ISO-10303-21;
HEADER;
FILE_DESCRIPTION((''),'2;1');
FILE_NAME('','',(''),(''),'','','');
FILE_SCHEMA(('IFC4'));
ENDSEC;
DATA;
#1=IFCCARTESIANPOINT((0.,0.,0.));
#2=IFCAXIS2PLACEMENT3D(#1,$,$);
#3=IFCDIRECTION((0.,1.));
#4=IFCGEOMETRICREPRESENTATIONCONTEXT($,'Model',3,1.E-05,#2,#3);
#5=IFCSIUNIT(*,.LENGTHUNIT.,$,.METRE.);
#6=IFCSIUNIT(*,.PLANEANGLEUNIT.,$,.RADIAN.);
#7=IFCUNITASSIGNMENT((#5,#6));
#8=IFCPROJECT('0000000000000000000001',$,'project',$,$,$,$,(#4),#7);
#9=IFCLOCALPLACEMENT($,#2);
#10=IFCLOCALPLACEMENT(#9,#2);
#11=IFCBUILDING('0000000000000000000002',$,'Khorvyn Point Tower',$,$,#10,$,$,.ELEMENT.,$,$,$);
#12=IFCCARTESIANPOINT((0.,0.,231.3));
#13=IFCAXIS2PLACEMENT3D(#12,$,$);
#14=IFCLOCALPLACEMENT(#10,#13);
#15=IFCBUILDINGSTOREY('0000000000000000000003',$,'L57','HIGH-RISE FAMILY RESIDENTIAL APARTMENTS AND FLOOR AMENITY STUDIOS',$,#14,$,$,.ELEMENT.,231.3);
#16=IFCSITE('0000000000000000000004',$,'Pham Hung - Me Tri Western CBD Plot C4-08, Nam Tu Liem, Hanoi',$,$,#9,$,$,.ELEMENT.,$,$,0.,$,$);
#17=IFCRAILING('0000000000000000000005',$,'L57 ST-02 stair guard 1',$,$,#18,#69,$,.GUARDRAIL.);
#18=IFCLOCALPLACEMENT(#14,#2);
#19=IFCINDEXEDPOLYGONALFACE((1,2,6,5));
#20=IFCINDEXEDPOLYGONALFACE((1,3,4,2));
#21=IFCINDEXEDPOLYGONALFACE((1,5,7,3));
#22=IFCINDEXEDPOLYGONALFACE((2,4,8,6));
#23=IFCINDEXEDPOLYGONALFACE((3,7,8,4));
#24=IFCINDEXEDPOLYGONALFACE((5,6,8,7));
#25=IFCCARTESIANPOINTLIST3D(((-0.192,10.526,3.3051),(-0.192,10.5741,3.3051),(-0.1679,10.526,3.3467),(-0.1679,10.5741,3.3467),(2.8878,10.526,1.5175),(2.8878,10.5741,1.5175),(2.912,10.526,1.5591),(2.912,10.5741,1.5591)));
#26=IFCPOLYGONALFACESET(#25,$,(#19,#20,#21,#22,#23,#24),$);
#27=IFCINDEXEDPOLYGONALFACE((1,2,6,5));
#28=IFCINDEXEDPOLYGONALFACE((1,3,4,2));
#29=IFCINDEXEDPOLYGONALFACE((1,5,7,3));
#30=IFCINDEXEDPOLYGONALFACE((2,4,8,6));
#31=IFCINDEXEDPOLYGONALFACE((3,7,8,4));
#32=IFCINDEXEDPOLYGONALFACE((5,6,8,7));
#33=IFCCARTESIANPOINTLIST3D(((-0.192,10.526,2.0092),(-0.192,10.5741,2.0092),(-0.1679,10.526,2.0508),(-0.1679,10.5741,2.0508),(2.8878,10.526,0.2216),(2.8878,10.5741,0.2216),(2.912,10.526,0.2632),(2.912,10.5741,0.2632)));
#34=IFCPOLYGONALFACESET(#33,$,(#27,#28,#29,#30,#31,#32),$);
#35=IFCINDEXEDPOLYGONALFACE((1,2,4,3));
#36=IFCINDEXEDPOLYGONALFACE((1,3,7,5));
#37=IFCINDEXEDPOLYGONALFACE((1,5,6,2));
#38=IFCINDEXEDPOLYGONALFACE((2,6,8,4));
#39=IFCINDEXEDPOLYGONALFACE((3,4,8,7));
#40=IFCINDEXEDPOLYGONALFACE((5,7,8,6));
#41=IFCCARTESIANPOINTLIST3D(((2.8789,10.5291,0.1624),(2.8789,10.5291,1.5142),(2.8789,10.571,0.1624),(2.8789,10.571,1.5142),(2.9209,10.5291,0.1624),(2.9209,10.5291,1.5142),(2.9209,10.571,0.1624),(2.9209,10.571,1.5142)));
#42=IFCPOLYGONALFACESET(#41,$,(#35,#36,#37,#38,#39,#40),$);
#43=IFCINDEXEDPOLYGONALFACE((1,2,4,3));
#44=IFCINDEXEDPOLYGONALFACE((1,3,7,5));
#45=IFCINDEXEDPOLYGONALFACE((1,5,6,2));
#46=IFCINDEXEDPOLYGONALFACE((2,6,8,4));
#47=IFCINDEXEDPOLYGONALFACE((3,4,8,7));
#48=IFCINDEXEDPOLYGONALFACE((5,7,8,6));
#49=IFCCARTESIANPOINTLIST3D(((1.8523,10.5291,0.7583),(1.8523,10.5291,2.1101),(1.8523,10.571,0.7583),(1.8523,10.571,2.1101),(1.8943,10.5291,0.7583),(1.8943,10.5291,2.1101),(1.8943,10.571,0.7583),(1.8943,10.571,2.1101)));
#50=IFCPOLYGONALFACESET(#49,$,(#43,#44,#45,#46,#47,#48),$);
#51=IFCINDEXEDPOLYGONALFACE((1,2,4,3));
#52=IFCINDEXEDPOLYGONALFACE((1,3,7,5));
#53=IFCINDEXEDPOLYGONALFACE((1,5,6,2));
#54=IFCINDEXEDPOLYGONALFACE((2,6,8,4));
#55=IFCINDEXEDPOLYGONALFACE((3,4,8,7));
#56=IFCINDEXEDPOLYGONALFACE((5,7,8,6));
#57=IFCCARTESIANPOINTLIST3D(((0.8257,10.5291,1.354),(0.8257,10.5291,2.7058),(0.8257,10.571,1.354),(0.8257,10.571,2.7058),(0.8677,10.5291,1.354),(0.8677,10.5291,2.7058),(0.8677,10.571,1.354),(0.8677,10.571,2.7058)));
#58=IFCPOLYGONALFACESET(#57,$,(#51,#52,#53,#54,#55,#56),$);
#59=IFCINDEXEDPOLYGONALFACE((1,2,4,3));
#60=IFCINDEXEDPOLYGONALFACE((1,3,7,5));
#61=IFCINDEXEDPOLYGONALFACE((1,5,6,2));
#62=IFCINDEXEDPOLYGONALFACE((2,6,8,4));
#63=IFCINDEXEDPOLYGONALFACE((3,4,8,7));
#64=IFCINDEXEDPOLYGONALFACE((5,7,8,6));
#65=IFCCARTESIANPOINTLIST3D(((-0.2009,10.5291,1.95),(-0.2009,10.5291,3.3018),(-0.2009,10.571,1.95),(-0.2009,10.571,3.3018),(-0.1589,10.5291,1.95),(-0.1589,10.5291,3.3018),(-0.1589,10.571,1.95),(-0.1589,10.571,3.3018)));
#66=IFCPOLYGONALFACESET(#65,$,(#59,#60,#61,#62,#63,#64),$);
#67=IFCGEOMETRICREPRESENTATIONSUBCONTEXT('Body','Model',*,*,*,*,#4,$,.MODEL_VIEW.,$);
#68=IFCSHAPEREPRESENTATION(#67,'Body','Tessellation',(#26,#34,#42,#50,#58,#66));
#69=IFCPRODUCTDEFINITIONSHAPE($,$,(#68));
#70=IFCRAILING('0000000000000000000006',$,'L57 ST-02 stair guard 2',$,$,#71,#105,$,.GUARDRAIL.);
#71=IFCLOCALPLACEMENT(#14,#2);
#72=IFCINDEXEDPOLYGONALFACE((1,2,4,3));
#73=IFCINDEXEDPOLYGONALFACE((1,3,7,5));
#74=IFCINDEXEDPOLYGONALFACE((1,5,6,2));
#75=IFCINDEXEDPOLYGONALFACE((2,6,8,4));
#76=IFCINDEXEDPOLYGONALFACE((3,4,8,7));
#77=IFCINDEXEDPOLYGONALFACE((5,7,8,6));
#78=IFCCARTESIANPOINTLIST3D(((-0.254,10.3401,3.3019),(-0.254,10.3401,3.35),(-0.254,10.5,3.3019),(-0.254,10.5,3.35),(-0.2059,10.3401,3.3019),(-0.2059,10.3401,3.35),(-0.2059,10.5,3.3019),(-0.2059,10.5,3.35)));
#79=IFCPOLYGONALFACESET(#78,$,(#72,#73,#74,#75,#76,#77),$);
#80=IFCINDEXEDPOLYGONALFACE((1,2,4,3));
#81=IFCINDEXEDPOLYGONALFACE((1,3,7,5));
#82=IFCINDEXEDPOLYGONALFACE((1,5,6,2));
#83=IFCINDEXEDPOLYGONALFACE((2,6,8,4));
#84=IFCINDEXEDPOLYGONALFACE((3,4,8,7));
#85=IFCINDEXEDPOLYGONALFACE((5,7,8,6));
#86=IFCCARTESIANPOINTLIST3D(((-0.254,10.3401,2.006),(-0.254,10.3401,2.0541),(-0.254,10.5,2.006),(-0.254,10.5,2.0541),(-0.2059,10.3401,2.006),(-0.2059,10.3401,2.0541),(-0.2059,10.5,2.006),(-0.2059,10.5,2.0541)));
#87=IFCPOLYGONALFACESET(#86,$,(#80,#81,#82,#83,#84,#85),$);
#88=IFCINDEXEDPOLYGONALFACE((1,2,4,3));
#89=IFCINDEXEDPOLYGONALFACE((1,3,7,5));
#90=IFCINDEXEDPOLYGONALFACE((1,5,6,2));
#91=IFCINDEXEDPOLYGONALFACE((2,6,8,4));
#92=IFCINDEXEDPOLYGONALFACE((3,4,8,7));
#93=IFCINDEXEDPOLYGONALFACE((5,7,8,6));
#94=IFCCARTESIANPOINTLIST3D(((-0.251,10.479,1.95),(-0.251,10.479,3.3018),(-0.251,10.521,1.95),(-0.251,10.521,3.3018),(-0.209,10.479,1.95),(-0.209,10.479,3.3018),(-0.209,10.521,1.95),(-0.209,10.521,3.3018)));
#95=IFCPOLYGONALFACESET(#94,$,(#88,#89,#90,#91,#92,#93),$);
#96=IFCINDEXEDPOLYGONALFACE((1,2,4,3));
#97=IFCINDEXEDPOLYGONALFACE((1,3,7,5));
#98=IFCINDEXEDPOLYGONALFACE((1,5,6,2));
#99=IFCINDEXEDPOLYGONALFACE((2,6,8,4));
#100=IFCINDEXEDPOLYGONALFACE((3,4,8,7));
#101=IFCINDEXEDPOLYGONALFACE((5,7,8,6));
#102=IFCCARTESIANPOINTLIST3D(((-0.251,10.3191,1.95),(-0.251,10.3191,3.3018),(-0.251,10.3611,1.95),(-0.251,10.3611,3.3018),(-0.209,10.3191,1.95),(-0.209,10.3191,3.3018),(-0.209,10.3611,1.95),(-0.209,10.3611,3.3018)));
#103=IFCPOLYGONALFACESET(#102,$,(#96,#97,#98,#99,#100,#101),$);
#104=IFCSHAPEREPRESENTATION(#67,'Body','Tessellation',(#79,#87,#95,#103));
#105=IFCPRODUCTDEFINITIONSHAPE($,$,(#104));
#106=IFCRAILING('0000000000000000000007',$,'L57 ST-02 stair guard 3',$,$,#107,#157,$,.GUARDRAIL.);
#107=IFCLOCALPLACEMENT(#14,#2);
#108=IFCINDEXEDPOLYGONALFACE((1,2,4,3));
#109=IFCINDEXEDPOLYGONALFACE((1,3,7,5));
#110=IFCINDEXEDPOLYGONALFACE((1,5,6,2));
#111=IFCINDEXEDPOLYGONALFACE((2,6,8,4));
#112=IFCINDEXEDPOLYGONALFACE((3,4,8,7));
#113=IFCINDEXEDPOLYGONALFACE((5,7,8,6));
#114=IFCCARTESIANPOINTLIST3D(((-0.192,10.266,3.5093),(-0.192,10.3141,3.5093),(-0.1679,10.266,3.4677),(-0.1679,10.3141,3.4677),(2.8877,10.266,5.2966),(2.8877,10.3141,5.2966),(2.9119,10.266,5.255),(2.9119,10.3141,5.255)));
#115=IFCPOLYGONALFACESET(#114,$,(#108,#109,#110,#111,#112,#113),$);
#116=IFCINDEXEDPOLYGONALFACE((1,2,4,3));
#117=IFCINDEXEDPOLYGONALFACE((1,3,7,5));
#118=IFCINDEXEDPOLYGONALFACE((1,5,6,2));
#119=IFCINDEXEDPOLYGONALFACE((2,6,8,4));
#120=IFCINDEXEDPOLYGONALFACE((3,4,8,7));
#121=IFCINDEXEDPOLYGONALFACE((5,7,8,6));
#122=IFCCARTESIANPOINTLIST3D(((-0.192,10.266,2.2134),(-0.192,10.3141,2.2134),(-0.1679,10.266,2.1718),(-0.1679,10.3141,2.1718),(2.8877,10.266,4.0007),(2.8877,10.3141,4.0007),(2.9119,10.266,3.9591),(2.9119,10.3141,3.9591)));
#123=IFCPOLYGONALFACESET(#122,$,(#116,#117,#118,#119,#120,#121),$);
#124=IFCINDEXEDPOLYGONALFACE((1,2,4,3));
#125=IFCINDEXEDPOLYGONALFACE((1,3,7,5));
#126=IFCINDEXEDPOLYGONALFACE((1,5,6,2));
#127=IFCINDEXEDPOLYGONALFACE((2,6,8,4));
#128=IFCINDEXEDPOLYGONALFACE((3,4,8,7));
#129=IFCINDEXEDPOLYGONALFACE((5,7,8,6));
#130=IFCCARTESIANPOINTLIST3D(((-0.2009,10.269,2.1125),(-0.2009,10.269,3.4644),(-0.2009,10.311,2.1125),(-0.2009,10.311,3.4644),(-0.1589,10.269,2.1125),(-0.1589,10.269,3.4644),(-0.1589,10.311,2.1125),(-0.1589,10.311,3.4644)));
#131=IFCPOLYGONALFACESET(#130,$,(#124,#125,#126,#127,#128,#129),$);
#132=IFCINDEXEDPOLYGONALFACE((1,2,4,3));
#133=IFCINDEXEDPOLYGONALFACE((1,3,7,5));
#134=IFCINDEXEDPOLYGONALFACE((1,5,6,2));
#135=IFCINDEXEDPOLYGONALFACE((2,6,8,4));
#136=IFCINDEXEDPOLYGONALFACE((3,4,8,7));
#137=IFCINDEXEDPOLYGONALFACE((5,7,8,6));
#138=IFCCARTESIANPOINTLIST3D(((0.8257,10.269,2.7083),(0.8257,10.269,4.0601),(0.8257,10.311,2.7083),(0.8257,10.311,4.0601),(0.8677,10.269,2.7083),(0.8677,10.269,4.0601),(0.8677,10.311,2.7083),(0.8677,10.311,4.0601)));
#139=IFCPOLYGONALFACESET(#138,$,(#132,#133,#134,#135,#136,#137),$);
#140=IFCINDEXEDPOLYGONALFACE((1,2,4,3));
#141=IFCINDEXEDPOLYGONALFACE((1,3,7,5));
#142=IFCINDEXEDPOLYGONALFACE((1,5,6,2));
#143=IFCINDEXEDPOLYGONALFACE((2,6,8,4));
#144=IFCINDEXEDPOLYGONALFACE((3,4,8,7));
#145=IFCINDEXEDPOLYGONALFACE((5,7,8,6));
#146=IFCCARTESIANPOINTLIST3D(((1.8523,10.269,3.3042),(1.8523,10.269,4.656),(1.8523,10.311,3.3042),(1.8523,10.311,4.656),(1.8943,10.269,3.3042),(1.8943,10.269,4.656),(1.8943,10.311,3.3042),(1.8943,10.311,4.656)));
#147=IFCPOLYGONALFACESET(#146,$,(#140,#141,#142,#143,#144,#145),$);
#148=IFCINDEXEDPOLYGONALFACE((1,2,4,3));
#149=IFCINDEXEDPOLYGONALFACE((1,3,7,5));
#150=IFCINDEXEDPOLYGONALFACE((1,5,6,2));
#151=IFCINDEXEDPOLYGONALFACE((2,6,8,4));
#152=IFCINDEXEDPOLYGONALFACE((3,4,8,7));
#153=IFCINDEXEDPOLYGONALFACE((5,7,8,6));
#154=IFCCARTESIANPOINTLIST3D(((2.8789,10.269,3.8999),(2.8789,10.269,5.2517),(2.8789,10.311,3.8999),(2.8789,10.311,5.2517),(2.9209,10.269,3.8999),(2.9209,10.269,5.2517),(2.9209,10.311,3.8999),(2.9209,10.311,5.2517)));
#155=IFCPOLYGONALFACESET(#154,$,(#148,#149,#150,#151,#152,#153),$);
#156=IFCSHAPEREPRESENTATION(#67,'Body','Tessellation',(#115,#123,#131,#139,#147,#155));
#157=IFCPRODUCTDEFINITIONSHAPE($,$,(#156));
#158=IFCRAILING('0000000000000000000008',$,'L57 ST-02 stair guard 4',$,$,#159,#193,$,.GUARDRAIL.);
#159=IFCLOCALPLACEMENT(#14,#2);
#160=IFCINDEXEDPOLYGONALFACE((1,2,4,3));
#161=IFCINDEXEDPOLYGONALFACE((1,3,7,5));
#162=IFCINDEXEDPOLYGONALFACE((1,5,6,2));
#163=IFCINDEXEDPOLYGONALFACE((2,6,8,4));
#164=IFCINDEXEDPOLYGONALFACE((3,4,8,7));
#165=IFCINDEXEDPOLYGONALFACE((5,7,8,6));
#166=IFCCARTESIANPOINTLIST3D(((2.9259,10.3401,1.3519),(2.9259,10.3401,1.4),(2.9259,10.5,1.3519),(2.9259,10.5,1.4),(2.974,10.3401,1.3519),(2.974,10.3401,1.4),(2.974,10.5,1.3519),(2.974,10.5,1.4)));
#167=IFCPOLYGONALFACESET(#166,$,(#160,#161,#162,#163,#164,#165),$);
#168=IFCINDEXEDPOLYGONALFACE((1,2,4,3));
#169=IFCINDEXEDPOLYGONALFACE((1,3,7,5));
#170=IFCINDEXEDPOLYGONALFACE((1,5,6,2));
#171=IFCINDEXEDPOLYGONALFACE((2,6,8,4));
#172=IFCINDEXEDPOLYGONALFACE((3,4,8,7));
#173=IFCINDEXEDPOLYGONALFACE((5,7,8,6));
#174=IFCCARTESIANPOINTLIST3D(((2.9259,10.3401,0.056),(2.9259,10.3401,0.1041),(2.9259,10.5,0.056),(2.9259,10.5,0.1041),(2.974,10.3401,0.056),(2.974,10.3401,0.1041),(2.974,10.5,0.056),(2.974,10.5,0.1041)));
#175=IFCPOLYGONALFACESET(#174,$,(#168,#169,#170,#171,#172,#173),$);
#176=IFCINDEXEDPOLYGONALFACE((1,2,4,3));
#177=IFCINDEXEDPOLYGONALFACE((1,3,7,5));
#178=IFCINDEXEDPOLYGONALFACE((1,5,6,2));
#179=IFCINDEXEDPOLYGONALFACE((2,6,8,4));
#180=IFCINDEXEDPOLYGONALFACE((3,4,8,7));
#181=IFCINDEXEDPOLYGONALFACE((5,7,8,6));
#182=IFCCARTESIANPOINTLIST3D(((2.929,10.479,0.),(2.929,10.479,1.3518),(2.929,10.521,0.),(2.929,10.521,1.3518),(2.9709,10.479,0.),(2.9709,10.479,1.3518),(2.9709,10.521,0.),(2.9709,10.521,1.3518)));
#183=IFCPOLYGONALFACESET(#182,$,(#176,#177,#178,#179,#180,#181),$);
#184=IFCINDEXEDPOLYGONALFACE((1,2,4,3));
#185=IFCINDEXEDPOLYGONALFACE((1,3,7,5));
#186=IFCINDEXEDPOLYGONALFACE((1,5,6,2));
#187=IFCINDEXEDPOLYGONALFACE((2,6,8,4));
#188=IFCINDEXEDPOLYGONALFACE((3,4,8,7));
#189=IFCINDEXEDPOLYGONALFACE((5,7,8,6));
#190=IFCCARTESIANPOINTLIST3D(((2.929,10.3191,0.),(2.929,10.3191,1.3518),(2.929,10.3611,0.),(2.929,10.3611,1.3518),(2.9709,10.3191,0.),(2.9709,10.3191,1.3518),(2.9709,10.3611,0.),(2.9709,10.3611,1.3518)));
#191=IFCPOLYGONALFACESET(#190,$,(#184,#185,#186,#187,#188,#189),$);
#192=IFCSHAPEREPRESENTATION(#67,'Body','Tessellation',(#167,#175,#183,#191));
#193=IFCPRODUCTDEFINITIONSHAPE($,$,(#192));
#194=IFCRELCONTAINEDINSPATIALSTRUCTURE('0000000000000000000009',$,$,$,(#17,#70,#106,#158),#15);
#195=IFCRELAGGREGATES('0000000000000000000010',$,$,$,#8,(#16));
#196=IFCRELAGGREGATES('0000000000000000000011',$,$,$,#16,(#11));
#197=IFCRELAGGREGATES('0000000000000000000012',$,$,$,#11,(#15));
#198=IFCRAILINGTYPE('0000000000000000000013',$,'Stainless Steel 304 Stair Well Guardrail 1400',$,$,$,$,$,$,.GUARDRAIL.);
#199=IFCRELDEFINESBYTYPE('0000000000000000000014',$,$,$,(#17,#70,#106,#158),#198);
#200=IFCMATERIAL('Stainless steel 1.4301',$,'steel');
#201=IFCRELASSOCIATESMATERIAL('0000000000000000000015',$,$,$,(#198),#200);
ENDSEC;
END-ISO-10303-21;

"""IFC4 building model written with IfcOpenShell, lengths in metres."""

from ifc_helpers import new_model, si_unit, direction, frame, origin, origin_2d, place, context, subcontext, project, spatial, rectangle, extrude, material, type_object, element, save


model = new_model("IFC4")

# Units and contexts
model_context = context("Model", 3, precision=1e-05, world=origin(), true_north=direction((0.0, 1.0)))
body_context = subcontext(model_context, "Body", "Model", "MODEL_VIEW")
ifc_project = project(units=[si_unit("LENGTHUNIT", "METRE"), si_unit("PLANEANGLEUNIT", "RADIAN")], contexts=[model_context])

# Site, building, storey
site_placement = place(None, origin())
site = spatial("IfcSite", under=ifc_project, at=site_placement, Name="Pham Hung - Me Tri Western CBD Plot C4-08, Nam Tu Liem, Hanoi", CompositionType="ELEMENT", RefElevation=0.0)
building_placement = place(site_placement, origin())
building = spatial("IfcBuilding", under=site, at=building_placement, Name="Khorvyn Point Tower", CompositionType="ELEMENT")
storey_placement = place(building_placement, frame((0.0, 0.0, 231.3)))
storey = spatial("IfcBuildingStorey", under=building, at=storey_placement, Name="L57", Description="HIGH-RISE FAMILY RESIDENTIAL APARTMENTS AND FLOOR AMENITY STUDIOS", CompositionType="ELEMENT", Elevation=231.3)

# Railings
ifc_material_1 = material(Name="Stainless steel 1.4301", Category="steel")
railing_type_1 = type_object("IfcRailingType", Name="Stainless Steel 304 Stair Well Guardrail 1400", PredefinedType="GUARDRAIL", material=ifc_material_1)
railing_1_placement = place(storey_placement, frame((2.8999, 10.55, 0.1624)))
element("IfcRailing", 1, at=railing_1_placement, inside=storey, type_object=railing_type_1, Name="L57 ST-02 stair guard 1", PredefinedType="GUARDRAIL", context=body_context, shape_type="SweptSolid", body=[
    extrude(rectangle(XDim=0.0481, YDim=0.0481, at=origin_2d()), frame((0.0, 0.0, 1.376), z_axis=(-0.864873, 0.0, 0.50199), x_axis=(0.0, -1.0, 0.0)), (0.0, 0.0, 1.0), 3.561),
    extrude(rectangle(XDim=0.0481, YDim=0.0481, at=origin_2d()), frame((0.0, 0.0, 0.0801), z_axis=(-0.864873, 0.0, 0.50199), x_axis=(0.0, -1.0, 0.0)), (0.0, 0.0, 1.0), 3.561),
    extrude(rectangle(XDim=0.042, YDim=0.042, at=origin_2d()), origin(), (0.0, 0.0, 1.0), 1.3518),
    extrude(rectangle(XDim=0.042, YDim=0.042, at=origin_2d()), frame((-1.0266, 0.0, 0.5959)), (0.0, 0.0, 1.0), 1.3518),
    extrude(rectangle(XDim=0.042, YDim=0.042, at=origin_2d()), frame((-2.0532, 0.0, 1.1917)), (0.0, 0.0, 1.0), 1.3518),
    extrude(rectangle(XDim=0.042, YDim=0.042, at=origin_2d()), frame((-3.0798, 0.0, 1.7876)), (0.0, 0.0, 1.0), 1.3518),
])
railing_2_placement = place(storey_placement, frame((-0.23, 10.5, 1.95)))
element("IfcRailing", 2, at=railing_2_placement, inside=storey, type_object=railing_type_1, Name="L57 ST-02 stair guard 2", PredefinedType="GUARDRAIL", context=body_context, shape_type="SweptSolid", body=[
    extrude(rectangle(XDim=0.0481, YDim=0.0481, at=origin_2d()), frame((0.0, 0.0, 1.376), z_axis=(0.0, -1.0, 0.0), x_axis=(1.0, 0.0, 0.0)), (0.0, 0.0, 1.0), 0.1599),
    extrude(rectangle(XDim=0.0481, YDim=0.0481, at=origin_2d()), frame((0.0, 0.0, 0.0801), z_axis=(0.0, -1.0, 0.0), x_axis=(1.0, 0.0, 0.0)), (0.0, 0.0, 1.0), 0.1599),
    extrude(rectangle(XDim=0.042, YDim=0.042, at=origin_2d()), origin(), (0.0, 0.0, 1.0), 1.3518),
    extrude(rectangle(XDim=0.042, YDim=0.042, at=origin_2d()), frame((0.0, -0.1599, 0.0)), (0.0, 0.0, 1.0), 1.3518),
])
railing_3_placement = place(storey_placement, frame((-0.1799, 10.29, 2.1125)))
element("IfcRailing", 3, at=railing_3_placement, inside=storey, type_object=railing_type_1, Name="L57 ST-02 stair guard 3", PredefinedType="GUARDRAIL", context=body_context, shape_type="SweptSolid", body=[
    extrude(rectangle(XDim=0.0481, YDim=0.0481, at=origin_2d()), frame((0.0, 0.0, 1.376), z_axis=(0.864903, 0.0, 0.501939), x_axis=(0.0, 1.0, 0.0)), (0.0, 0.0, 1.0), 3.5608),
    extrude(rectangle(XDim=0.0481, YDim=0.0481, at=origin_2d()), frame((0.0, 0.0, 0.0801), z_axis=(0.864903, 0.0, 0.501939), x_axis=(0.0, 1.0, 0.0)), (0.0, 0.0, 1.0), 3.5608),
    extrude(rectangle(XDim=0.042, YDim=0.042, at=origin_2d()), origin(), (0.0, 0.0, 1.0), 1.3518),
    extrude(rectangle(XDim=0.042, YDim=0.042, at=origin_2d()), frame((1.0266, 0.0, 0.5957)), (0.0, 0.0, 1.0), 1.3518),
    extrude(rectangle(XDim=0.042, YDim=0.042, at=origin_2d()), frame((2.0532, 0.0, 1.1917)), (0.0, 0.0, 1.0), 1.3518),
    extrude(rectangle(XDim=0.042, YDim=0.042, at=origin_2d()), frame((3.0798, 0.0, 1.7874)), (0.0, 0.0, 1.0), 1.3518),
])
railing_4_placement = place(storey_placement, frame((2.95, 10.5, 0.0)))
element("IfcRailing", 4, at=railing_4_placement, inside=storey, type_object=railing_type_1, Name="L57 ST-02 stair guard 4", PredefinedType="GUARDRAIL", context=body_context, shape_type="SweptSolid", body=[
    extrude(rectangle(XDim=0.0481, YDim=0.0481, at=origin_2d()), frame((0.0, 0.0, 1.376), z_axis=(0.0, -1.0, 0.0), x_axis=(1.0, 0.0, 0.0)), (0.0, 0.0, 1.0), 0.1599),
    extrude(rectangle(XDim=0.0481, YDim=0.0481, at=origin_2d()), frame((0.0, 0.0, 0.0801), z_axis=(0.0, -1.0, 0.0), x_axis=(1.0, 0.0, 0.0)), (0.0, 0.0, 1.0), 0.1599),
    extrude(rectangle(XDim=0.042, YDim=0.042, at=origin_2d()), origin(), (0.0, 0.0, 1.0), 1.3518),
    extrude(rectangle(XDim=0.042, YDim=0.042, at=origin_2d()), frame((0.0, -0.1599, 0.0)), (0.0, 0.0, 1.0), 1.3518),
])

save(model, "model.ifc")
